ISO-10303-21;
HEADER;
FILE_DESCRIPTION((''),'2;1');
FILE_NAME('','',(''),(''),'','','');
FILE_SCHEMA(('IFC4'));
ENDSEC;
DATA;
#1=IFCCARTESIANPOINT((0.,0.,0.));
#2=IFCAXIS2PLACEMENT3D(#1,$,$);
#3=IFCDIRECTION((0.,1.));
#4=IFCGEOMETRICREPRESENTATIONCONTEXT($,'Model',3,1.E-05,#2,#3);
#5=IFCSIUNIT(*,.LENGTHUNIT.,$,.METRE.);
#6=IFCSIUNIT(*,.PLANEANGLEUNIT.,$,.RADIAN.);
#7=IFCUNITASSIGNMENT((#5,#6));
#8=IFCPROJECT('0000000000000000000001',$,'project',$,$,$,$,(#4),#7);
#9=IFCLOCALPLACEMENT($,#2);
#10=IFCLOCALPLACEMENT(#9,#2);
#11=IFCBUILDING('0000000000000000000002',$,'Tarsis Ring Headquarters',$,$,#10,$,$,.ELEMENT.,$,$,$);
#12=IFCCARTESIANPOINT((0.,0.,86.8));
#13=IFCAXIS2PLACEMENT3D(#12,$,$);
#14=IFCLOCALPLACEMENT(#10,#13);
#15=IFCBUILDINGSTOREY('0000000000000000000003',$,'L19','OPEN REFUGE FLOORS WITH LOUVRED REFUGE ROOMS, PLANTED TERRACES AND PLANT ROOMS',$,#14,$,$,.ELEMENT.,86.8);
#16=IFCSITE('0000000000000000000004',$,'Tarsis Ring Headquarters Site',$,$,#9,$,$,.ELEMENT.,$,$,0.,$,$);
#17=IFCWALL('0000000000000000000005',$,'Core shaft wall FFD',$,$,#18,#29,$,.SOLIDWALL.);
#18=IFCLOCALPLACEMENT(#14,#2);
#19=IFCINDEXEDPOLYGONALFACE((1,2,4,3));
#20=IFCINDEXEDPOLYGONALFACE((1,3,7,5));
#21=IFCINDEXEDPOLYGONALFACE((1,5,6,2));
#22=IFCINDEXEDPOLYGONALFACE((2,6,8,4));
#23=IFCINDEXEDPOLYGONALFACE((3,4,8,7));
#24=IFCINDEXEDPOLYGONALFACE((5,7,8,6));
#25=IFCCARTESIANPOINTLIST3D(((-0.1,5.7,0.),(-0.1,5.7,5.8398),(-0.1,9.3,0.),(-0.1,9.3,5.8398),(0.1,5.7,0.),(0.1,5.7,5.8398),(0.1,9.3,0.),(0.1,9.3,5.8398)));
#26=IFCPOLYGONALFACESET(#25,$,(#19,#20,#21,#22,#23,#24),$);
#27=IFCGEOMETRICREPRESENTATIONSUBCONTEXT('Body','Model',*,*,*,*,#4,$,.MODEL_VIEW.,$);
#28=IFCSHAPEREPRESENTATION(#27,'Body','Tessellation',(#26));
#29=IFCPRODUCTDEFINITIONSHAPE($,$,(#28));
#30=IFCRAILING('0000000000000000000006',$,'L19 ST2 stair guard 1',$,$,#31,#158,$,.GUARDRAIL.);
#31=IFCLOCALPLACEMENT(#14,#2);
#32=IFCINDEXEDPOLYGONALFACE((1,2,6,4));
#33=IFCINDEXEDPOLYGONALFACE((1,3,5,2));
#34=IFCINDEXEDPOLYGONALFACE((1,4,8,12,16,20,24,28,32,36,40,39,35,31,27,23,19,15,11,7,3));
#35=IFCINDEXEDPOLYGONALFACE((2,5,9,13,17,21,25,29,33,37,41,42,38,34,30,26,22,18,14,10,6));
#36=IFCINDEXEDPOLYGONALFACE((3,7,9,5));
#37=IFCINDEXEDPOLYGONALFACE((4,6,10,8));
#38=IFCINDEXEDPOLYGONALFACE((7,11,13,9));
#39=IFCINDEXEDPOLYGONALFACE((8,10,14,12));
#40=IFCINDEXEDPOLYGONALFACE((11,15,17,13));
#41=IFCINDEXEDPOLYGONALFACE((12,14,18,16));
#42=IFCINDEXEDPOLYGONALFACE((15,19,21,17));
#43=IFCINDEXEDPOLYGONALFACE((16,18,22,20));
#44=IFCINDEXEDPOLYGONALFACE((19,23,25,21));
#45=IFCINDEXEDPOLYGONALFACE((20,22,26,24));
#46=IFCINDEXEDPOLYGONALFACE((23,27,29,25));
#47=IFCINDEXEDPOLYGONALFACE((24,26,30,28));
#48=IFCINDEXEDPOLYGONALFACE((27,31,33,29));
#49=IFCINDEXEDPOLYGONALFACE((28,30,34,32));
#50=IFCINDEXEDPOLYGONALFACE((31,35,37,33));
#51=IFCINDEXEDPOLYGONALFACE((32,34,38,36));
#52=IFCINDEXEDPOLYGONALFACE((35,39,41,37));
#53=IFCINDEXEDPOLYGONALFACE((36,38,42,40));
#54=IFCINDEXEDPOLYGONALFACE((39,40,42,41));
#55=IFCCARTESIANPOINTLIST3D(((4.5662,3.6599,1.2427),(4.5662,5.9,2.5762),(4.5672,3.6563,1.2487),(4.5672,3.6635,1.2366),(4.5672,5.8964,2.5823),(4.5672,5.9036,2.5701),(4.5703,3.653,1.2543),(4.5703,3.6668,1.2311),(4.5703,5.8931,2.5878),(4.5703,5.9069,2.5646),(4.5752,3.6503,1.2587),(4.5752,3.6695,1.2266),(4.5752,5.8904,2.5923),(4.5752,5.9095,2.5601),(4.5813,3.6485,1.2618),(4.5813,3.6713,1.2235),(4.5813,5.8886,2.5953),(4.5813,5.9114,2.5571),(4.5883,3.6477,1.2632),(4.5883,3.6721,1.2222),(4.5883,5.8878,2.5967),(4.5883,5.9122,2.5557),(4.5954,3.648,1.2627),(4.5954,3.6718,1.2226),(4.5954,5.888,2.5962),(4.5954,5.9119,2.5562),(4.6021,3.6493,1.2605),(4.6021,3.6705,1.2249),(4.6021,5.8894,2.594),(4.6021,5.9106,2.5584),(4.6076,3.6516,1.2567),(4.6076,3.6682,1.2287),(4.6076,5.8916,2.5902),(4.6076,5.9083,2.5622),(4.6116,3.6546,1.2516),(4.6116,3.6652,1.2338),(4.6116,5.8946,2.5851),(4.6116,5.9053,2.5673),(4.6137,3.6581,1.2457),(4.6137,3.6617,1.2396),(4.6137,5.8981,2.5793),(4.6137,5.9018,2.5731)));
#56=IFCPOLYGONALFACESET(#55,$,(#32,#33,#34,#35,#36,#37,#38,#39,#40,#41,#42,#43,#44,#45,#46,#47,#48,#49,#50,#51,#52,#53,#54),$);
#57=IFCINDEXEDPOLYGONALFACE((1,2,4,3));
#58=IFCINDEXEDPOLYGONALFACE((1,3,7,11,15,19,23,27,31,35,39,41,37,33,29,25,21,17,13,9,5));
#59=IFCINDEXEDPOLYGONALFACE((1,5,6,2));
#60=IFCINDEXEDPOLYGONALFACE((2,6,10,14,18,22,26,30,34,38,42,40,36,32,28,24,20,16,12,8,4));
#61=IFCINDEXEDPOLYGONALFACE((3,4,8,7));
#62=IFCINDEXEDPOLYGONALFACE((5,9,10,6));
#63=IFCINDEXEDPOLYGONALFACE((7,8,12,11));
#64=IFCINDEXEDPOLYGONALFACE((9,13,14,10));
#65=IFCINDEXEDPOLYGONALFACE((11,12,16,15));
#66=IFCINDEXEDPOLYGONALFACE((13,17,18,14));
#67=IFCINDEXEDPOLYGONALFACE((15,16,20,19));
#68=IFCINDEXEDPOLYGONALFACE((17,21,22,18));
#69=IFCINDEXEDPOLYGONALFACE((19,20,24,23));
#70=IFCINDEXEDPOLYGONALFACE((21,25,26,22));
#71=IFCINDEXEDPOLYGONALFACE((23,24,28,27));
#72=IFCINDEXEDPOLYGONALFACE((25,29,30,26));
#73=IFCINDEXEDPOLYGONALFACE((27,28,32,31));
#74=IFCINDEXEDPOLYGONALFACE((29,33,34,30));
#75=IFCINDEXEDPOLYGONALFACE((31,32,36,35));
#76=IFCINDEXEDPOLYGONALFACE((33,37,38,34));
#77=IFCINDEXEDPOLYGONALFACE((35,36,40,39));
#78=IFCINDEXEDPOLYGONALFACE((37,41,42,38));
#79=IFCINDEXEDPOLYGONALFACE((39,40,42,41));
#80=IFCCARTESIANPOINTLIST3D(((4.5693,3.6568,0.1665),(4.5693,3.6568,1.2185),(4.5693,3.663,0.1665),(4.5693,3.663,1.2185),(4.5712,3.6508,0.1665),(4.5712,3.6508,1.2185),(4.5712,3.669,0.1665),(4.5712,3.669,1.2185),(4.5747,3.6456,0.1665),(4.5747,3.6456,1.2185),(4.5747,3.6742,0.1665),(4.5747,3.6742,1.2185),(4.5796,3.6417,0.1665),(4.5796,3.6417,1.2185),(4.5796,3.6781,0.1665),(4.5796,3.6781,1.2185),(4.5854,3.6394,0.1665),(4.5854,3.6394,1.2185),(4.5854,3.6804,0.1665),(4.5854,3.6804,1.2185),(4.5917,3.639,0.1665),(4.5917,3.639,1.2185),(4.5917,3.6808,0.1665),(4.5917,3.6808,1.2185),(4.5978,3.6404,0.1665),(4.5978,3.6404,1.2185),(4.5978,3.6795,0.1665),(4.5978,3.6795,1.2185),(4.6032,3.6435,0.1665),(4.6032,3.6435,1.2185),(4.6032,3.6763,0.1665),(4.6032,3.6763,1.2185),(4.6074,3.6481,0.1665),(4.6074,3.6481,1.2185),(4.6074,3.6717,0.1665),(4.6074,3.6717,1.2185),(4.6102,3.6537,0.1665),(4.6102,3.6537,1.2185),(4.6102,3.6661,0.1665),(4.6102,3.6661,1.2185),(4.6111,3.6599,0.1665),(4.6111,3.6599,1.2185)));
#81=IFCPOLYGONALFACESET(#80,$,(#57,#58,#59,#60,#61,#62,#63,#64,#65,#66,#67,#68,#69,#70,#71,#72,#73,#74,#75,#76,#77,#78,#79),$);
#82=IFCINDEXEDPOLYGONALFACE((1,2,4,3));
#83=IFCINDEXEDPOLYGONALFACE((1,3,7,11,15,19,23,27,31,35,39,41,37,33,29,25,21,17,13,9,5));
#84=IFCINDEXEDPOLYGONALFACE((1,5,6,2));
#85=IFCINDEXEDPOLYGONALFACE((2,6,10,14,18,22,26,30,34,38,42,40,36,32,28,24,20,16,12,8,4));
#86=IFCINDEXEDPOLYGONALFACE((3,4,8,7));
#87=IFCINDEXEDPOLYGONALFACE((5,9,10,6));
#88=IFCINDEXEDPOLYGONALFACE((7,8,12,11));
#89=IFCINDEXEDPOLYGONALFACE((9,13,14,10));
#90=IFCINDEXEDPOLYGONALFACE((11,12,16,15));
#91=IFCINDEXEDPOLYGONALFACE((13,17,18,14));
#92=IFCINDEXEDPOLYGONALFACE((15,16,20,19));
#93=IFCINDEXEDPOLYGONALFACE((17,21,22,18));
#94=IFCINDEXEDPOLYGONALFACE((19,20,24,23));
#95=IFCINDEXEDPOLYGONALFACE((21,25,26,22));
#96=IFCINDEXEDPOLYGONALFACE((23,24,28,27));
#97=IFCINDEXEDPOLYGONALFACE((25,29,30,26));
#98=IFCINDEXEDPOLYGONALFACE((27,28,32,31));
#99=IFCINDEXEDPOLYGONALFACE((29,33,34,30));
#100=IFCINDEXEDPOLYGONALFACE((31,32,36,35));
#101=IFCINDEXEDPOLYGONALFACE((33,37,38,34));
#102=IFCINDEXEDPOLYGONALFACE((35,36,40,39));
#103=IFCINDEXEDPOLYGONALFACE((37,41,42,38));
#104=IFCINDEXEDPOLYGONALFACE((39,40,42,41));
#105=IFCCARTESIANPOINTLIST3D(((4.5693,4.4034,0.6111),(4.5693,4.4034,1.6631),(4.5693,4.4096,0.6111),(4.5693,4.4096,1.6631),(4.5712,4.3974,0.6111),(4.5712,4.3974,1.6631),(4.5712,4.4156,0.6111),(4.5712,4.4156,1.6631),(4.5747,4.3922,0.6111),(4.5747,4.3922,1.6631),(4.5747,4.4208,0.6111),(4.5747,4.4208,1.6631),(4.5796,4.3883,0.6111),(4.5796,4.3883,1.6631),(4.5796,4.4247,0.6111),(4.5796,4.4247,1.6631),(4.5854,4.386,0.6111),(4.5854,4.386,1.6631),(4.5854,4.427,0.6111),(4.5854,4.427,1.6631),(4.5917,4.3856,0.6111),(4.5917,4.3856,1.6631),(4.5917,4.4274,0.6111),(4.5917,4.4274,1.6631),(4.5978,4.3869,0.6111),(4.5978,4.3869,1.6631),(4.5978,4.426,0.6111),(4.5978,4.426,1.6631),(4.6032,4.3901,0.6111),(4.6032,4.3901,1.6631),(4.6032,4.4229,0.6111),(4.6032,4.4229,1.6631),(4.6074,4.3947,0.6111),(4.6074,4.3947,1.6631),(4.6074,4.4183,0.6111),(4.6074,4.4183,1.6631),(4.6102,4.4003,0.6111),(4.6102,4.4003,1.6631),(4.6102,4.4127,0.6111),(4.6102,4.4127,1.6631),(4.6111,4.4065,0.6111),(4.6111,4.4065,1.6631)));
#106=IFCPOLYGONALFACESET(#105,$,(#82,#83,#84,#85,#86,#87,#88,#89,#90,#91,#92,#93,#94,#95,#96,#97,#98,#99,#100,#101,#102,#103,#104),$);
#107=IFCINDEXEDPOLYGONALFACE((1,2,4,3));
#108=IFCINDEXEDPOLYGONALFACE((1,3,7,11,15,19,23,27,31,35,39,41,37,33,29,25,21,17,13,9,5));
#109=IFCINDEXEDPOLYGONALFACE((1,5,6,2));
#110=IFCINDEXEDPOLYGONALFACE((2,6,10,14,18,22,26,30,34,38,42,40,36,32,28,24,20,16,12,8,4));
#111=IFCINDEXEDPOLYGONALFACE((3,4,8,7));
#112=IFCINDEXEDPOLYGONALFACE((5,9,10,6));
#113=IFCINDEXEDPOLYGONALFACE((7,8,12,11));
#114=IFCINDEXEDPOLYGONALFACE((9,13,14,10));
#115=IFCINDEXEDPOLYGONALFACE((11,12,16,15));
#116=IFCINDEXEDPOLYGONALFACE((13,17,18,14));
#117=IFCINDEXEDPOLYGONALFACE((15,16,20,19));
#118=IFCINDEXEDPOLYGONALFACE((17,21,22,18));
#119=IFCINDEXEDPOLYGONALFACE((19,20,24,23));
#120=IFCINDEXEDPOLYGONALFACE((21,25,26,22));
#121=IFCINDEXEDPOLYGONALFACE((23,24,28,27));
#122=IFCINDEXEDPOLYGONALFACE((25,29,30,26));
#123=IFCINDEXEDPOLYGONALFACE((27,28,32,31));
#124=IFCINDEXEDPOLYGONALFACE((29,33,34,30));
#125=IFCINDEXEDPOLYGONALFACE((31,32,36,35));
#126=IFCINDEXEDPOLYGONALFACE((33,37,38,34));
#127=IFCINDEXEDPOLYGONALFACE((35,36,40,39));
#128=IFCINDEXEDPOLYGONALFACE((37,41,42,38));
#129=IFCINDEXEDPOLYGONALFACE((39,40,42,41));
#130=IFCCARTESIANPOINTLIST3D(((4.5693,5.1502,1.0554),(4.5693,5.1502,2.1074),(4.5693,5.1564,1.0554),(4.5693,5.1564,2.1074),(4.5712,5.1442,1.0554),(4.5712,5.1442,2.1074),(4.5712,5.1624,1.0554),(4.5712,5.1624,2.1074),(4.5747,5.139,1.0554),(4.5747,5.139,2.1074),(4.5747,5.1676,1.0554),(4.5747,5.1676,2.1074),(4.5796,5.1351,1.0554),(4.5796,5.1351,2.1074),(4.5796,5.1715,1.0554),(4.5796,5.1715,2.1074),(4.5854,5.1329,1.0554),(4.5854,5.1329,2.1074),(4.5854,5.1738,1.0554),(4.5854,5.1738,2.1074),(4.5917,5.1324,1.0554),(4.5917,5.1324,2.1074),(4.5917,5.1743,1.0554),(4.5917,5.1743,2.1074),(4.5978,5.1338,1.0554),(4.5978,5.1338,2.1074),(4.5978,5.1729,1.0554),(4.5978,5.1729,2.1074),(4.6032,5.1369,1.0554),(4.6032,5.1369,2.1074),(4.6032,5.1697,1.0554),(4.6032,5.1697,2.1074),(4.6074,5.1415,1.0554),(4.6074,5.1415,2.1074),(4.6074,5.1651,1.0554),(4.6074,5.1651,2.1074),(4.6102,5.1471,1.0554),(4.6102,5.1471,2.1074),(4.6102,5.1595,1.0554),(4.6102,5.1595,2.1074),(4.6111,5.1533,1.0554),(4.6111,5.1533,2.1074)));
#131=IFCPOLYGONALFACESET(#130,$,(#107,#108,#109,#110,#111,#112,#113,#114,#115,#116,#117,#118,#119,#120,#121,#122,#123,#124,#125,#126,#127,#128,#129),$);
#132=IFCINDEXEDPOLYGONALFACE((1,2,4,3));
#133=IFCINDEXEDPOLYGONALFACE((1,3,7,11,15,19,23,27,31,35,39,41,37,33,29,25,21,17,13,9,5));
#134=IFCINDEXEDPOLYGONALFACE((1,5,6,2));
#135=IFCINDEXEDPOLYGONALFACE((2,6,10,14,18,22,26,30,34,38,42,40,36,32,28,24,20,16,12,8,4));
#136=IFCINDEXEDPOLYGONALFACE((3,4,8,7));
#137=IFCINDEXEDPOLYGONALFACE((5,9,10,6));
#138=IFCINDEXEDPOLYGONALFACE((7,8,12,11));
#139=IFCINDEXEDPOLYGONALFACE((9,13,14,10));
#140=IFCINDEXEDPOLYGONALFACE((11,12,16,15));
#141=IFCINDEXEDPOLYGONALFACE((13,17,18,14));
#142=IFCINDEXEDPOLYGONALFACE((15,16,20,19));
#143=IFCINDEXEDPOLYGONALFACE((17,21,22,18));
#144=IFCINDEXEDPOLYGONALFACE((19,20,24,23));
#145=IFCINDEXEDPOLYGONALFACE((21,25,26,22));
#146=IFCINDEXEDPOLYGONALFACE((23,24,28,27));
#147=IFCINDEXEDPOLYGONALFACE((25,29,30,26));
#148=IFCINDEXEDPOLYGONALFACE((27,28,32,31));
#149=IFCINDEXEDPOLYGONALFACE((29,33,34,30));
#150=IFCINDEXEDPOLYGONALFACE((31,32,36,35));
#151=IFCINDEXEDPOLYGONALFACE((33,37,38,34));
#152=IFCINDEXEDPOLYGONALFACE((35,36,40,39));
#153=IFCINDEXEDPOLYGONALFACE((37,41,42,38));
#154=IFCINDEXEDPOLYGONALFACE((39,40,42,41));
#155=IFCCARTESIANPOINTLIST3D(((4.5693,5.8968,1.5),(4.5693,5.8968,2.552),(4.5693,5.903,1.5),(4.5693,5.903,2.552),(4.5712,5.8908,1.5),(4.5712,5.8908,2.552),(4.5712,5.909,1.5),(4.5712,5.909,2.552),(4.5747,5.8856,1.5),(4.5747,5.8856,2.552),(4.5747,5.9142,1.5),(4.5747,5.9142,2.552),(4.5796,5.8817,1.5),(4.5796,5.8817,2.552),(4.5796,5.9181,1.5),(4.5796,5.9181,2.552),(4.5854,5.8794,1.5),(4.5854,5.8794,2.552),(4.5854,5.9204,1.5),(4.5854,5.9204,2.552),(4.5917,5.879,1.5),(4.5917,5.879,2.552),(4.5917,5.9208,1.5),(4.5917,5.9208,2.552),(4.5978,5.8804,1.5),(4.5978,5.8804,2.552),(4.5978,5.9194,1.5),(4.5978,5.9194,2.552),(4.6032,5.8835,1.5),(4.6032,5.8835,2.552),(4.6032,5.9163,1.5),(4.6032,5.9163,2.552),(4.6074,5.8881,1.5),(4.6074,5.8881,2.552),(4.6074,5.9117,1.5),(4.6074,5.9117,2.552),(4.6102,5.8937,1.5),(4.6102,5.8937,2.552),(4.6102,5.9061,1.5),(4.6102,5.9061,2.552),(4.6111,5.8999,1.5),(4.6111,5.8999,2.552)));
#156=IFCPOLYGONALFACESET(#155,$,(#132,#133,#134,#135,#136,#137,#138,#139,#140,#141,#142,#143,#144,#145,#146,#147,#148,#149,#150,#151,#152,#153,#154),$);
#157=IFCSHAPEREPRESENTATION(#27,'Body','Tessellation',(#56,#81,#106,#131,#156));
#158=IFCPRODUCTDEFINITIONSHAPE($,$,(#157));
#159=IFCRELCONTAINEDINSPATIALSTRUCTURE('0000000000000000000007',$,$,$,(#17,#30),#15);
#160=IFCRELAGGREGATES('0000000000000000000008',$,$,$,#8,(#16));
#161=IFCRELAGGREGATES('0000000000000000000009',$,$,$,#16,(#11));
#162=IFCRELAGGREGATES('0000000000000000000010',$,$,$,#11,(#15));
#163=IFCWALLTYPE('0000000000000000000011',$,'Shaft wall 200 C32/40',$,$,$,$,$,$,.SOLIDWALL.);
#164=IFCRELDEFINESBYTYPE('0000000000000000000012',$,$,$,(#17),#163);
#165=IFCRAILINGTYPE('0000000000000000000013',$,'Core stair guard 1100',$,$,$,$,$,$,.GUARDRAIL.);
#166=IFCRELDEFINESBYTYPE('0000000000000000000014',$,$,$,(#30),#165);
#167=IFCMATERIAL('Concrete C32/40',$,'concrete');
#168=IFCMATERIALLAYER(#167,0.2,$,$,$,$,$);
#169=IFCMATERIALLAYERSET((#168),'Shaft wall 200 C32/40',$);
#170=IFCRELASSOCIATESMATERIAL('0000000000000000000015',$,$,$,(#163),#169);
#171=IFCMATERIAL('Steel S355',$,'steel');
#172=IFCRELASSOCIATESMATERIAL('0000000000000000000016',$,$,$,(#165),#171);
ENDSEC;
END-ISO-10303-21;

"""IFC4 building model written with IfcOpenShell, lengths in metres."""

from ifc_helpers import new_model, si_unit, direction, frame, frame_2d, origin, origin_2d, place, context, subcontext, project, spatial, rectangle, circle, extrude, material, layer, layer_set, type_object, element, save


model = new_model("IFC4")

# Units and contexts
model_context = context("Model", 3, precision=1e-05, world=origin(), true_north=direction((0.0, 1.0)))
body_context = subcontext(model_context, "Body", "Model", "MODEL_VIEW")
ifc_project = project(units=[si_unit("LENGTHUNIT", "METRE"), si_unit("PLANEANGLEUNIT", "RADIAN")], contexts=[model_context])

# Site, building, storey
site_placement = place(None, origin())
site = spatial("IfcSite", under=ifc_project, at=site_placement, Name="Tarsis Ring Headquarters Site", CompositionType="ELEMENT", RefElevation=0.0)
building_placement = place(site_placement, origin())
building = spatial("IfcBuilding", under=site, at=building_placement, Name="Tarsis Ring Headquarters", CompositionType="ELEMENT")
storey_placement = place(building_placement, frame((0.0, 0.0, 86.8)))
storey = spatial("IfcBuildingStorey", under=building, at=storey_placement, Name="L19", Description="OPEN REFUGE FLOORS WITH LOUVRED REFUGE ROOMS, PLANTED TERRACES AND PLANT ROOMS", CompositionType="ELEMENT", Elevation=86.8)

# Wall
ifc_material_1 = material(Name="Concrete C32/40", Category="concrete")
ifc_layer_1 = layer(ifc_material_1, 0.2)
ifc_layer_set_1 = layer_set([ifc_layer_1], Name="Shaft wall 200 C32/40")
wall_type = type_object("IfcWallType", Name="Shaft wall 200 C32/40", PredefinedType="SOLIDWALL", material=ifc_layer_set_1)
wall_1_placement = place(storey_placement, frame((0.0, 5.7, 0.0), z_axis=(0.0, 0.0, 1.0), x_axis=(0.0, 1.0, 0.0)))
element("IfcWall", 1, at=wall_1_placement, inside=storey, type_object=wall_type, Name="Core shaft wall FFD", PredefinedType="SOLIDWALL", context=body_context, shape_type="SweptSolid", body=[
    extrude(rectangle(XDim=3.6001, YDim=0.2, at=frame_2d((1.8, 0.0))), origin(), (0.0, 0.0, 1.0), 5.8398),
])

# Railing
ifc_material_2 = material(Name="Steel S355", Category="steel")
railing_type_1 = type_object("IfcRailingType", Name="Core stair guard 1100", PredefinedType="GUARDRAIL", material=ifc_material_2)
railing_1_placement = place(storey_placement, frame((4.5901, 3.6599, 0.1665)))
element("IfcRailing", 2, at=railing_1_placement, inside=storey, type_object=railing_type_1, Name="L19 ST2 stair guard 1", PredefinedType="GUARDRAIL", context=body_context, shape_type="SweptSolid", body=[
    extrude(circle(Radius=0.0239, at=origin_2d()), frame((0.0, 0.0, 1.0762), z_axis=(0.0, 0.859264, 0.511532), x_axis=(-1.0, 0.0, 0.0)), (0.0, 0.0, 1.0), 2.6069),
    extrude(circle(Radius=0.021, at=origin_2d()), origin(), (0.0, 0.0, 1.0), 1.052),
    extrude(circle(Radius=0.021, at=origin_2d()), frame((0.0, 0.7466, 0.4446)), (0.0, 0.0, 1.0), 1.052),
    extrude(circle(Radius=0.021, at=origin_2d()), frame((0.0, 1.4934, 0.8889)), (0.0, 0.0, 1.0), 1.052),
    extrude(circle(Radius=0.021, at=origin_2d()), frame((0.0, 2.24, 1.3335)), (0.0, 0.0, 1.0), 1.052),
])

save(model, "model.ifc")
